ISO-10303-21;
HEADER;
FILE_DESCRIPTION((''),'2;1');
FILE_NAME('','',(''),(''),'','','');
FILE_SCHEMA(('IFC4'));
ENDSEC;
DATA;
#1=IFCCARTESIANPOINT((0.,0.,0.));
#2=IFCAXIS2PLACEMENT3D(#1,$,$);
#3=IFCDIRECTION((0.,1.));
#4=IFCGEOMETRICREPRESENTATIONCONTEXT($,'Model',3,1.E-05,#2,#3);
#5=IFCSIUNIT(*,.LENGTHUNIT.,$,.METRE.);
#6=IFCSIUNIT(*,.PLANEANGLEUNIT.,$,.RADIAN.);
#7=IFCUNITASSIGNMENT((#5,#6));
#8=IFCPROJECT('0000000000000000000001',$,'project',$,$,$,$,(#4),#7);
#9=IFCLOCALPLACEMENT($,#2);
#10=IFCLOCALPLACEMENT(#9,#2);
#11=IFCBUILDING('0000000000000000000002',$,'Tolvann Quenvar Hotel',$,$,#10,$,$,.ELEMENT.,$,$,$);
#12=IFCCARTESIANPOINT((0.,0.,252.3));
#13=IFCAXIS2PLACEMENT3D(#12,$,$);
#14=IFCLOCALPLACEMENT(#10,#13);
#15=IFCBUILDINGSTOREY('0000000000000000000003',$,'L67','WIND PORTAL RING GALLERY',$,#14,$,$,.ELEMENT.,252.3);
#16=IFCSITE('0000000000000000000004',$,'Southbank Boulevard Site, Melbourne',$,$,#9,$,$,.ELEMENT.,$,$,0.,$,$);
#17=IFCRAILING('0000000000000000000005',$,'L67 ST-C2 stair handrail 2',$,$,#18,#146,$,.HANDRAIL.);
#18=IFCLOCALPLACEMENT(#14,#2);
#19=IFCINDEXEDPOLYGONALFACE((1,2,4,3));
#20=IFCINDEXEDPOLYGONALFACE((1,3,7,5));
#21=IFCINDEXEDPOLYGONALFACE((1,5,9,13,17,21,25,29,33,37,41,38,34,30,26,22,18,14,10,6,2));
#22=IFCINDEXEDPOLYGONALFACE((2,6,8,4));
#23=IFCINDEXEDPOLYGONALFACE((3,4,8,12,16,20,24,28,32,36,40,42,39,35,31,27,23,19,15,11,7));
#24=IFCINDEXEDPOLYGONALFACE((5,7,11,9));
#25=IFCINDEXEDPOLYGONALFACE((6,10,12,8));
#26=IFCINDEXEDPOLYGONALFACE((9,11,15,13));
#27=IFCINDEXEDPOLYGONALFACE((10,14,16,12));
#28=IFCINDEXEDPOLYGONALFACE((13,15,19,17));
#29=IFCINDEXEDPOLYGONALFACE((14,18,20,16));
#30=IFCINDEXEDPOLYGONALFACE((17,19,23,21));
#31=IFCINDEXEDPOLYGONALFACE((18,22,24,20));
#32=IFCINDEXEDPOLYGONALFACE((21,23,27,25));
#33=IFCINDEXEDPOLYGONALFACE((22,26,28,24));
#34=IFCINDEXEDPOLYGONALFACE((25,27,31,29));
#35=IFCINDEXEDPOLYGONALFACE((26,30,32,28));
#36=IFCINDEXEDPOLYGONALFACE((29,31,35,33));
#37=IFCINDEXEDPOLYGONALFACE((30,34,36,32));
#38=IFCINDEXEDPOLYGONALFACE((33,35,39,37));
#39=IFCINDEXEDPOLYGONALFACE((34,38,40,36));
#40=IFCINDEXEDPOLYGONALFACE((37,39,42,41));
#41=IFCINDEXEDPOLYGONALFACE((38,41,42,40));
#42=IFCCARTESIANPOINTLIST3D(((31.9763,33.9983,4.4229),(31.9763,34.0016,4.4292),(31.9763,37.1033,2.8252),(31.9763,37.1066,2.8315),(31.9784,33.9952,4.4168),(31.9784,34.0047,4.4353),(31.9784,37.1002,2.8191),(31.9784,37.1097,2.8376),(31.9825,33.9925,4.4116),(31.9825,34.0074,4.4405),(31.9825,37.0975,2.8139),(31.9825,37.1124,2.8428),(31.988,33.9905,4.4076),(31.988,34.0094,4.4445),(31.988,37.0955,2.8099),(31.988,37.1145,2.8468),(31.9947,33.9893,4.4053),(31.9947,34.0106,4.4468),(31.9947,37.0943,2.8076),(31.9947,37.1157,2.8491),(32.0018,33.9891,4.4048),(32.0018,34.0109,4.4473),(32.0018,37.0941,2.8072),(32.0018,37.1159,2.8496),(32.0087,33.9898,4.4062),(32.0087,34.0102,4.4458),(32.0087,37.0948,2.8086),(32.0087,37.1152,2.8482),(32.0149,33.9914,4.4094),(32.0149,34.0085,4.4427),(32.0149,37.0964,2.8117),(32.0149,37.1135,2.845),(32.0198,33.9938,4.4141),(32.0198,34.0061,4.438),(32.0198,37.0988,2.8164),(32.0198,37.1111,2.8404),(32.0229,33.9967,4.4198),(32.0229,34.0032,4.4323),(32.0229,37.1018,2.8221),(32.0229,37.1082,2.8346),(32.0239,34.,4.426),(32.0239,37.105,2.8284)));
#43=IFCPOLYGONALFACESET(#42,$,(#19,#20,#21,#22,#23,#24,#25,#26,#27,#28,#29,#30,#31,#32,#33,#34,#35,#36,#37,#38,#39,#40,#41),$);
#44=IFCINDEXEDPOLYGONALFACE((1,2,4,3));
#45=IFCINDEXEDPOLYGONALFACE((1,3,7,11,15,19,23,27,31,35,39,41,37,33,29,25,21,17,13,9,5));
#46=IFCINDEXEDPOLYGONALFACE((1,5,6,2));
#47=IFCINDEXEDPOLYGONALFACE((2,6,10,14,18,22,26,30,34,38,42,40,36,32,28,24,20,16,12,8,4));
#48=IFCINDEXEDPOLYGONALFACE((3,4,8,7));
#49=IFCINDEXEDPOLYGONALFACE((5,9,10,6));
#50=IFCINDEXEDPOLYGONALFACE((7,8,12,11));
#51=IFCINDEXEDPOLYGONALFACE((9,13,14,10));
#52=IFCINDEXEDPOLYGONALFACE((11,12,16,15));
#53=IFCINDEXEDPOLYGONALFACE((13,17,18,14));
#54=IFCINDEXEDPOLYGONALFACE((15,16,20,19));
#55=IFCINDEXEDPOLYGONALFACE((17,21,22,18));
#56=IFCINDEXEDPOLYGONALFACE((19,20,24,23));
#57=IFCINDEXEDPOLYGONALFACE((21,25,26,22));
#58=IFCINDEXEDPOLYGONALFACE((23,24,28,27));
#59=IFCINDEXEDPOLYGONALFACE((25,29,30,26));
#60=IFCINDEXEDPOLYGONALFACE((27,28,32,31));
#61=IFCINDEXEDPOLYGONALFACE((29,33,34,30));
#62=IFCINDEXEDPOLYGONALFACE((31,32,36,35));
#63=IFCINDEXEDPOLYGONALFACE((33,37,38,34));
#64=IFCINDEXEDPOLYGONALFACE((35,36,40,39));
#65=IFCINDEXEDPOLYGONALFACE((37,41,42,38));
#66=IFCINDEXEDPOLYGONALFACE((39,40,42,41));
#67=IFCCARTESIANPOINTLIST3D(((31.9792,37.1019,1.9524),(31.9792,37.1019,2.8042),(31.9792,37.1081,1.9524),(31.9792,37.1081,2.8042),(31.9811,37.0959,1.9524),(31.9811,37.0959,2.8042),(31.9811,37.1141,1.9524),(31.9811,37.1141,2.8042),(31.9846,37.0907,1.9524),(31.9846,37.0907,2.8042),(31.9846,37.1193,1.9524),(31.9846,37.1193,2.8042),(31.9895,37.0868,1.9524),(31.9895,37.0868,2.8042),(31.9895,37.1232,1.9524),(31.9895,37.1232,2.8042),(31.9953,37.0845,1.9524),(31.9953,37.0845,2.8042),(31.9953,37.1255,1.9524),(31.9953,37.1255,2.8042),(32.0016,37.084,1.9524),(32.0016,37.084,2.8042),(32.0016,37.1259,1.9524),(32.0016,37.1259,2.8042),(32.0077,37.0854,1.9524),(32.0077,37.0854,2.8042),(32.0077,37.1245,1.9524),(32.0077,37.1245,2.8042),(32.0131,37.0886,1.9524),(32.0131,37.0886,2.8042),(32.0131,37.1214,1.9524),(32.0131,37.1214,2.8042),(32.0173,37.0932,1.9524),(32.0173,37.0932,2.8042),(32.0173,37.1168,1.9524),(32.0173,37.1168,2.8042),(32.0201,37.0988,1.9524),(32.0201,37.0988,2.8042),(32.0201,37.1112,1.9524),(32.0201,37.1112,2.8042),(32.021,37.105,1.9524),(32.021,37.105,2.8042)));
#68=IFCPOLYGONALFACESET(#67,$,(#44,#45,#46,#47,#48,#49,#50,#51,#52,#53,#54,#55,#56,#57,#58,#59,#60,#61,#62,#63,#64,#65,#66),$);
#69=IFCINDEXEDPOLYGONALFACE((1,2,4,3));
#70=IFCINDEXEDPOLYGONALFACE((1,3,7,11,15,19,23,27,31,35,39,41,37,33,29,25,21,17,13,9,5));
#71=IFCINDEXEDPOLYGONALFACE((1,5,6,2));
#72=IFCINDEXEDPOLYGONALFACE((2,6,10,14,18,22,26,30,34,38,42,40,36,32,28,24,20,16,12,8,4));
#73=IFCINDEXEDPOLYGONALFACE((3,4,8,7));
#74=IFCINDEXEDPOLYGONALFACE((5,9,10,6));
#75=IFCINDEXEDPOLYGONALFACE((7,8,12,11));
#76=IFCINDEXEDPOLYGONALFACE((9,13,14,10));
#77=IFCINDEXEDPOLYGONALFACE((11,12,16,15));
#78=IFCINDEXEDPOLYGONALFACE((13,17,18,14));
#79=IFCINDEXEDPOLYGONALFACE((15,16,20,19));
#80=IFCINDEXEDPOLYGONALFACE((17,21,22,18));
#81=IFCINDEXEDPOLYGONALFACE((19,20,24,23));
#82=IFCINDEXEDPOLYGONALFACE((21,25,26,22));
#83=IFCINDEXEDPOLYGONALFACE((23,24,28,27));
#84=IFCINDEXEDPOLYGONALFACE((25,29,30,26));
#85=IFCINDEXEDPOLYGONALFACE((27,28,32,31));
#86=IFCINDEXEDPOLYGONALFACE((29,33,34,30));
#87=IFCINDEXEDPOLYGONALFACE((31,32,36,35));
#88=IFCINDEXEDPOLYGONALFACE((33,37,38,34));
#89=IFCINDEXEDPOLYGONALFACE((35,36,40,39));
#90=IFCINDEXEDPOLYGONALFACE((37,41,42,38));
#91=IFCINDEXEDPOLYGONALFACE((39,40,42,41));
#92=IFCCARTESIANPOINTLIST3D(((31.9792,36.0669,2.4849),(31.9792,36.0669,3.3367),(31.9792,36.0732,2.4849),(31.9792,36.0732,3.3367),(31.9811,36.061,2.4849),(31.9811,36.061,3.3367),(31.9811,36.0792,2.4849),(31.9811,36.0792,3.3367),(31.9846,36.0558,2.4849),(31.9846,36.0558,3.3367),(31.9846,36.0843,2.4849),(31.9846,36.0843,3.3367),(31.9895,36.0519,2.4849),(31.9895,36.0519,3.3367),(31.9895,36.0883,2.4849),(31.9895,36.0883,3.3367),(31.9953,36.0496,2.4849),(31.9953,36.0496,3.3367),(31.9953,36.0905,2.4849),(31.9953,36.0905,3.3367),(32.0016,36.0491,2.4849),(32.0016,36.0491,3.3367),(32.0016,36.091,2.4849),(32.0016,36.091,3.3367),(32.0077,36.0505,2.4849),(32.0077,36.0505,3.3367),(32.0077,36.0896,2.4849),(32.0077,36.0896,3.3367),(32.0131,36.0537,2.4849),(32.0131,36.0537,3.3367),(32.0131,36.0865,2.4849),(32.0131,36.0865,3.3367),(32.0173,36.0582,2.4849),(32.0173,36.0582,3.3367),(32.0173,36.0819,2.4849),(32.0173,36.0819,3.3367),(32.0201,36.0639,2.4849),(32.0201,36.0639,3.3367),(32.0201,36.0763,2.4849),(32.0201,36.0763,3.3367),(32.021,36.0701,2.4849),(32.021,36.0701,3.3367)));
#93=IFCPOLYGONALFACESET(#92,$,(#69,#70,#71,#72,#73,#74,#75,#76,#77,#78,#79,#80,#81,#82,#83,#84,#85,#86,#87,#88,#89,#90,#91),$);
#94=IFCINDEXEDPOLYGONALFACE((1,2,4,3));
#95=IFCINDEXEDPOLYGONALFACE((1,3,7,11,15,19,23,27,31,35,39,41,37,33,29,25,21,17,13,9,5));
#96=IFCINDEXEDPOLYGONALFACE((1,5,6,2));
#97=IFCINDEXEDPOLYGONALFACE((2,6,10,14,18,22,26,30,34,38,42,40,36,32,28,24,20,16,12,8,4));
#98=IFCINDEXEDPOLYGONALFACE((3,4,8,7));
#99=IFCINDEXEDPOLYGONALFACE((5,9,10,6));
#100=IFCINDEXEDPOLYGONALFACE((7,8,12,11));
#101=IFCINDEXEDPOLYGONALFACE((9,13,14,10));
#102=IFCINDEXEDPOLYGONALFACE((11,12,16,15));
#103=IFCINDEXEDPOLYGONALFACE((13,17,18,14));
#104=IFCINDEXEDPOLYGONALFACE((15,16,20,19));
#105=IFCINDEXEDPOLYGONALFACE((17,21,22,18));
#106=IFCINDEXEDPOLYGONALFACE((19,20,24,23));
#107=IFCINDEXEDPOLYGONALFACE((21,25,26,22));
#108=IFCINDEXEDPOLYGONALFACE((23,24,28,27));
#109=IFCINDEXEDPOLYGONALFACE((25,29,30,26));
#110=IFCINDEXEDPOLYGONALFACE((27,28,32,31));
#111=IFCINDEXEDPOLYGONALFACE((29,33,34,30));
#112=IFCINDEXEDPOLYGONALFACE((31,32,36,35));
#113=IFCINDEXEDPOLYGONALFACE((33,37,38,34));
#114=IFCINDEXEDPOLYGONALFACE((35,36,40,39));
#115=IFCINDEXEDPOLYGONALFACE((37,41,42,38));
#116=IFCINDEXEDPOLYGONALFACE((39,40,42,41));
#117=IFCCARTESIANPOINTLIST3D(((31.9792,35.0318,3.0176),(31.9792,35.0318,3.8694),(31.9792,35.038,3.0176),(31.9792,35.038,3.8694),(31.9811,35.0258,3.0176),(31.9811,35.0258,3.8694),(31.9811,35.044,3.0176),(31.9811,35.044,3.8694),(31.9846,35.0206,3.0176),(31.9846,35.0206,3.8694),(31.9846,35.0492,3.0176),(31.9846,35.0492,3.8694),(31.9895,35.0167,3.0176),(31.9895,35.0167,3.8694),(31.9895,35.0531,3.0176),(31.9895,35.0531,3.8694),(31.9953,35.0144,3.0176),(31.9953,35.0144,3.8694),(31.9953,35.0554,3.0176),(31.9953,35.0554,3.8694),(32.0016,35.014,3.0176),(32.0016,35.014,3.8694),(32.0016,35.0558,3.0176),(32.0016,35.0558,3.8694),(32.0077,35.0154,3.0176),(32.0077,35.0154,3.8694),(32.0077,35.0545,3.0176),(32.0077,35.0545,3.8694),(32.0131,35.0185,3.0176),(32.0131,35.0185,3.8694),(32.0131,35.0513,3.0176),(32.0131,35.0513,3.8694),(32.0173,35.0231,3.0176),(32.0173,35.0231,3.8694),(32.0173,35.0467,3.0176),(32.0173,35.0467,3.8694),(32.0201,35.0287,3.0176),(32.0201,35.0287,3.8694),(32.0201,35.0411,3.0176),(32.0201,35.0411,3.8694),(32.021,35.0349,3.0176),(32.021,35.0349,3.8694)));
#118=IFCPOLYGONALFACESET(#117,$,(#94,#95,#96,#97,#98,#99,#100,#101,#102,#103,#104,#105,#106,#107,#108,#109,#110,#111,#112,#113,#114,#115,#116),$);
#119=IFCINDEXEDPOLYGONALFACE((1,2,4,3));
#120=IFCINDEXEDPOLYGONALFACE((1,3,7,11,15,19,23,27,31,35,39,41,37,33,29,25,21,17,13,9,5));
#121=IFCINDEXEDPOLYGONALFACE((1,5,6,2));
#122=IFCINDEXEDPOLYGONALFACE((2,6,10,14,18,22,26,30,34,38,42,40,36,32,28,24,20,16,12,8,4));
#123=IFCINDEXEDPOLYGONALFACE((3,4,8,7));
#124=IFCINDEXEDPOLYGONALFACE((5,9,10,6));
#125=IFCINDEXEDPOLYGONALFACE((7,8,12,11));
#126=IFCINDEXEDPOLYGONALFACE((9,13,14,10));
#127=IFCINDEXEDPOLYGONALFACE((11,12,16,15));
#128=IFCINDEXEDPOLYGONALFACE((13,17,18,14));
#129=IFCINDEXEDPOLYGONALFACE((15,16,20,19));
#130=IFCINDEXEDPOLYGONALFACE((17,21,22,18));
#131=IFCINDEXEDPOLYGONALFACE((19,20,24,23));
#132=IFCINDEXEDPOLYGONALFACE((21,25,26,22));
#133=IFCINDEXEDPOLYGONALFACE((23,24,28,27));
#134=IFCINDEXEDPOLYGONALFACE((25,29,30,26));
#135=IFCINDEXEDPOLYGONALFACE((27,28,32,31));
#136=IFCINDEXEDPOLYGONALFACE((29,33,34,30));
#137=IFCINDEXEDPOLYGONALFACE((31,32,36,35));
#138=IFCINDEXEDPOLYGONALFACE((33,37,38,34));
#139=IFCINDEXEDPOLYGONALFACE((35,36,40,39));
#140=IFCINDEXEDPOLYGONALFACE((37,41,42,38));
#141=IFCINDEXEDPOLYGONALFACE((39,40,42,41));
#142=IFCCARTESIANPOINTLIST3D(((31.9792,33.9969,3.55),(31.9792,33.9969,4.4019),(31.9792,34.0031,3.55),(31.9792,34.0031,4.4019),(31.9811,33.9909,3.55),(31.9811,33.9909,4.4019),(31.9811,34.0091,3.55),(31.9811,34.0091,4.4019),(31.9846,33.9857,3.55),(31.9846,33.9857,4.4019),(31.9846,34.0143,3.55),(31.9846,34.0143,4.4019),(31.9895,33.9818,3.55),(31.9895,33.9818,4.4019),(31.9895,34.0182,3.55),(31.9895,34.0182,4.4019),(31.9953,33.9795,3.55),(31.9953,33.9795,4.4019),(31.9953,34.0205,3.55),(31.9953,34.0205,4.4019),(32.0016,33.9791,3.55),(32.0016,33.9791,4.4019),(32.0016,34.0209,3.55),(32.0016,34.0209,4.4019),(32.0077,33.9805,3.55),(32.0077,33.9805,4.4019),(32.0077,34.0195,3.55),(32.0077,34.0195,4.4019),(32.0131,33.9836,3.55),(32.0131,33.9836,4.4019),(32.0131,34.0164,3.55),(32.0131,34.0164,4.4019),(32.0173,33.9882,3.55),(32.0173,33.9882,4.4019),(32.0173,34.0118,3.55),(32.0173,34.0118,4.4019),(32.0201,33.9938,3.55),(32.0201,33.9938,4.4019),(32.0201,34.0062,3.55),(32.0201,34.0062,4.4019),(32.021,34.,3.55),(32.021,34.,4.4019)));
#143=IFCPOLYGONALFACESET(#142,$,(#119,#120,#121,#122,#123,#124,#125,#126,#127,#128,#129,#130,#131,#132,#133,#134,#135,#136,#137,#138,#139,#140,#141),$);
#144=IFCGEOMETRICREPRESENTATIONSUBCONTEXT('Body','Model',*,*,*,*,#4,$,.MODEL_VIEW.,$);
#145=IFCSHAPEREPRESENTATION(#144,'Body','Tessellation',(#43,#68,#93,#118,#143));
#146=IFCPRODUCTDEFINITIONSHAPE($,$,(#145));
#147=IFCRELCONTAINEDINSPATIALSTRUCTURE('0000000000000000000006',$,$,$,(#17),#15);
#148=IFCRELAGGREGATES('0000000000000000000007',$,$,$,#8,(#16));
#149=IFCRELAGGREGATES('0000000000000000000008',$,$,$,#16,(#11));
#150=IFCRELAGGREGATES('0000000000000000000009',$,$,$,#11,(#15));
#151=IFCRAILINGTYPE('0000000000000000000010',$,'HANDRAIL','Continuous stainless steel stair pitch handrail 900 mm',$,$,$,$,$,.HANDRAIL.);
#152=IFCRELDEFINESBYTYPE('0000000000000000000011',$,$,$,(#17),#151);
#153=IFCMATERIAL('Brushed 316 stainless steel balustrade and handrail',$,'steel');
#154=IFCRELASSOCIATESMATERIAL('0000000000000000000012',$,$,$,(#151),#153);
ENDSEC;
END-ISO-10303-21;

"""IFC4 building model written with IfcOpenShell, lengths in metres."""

from ifc_helpers import new_model, si_unit, direction, frame, origin, origin_2d, place, context, subcontext, project, spatial, circle, extrude, material, type_object, element, save


model = new_model("IFC4")

# Units and contexts
model_context = context("Model", 3, precision=1e-05, world=origin(), true_north=direction((0.0, 1.0)))
body_context = subcontext(model_context, "Body", "Model", "MODEL_VIEW")
ifc_project = project(units=[si_unit("LENGTHUNIT", "METRE"), si_unit("PLANEANGLEUNIT", "RADIAN")], contexts=[model_context])

# Site, building, storey
site_placement = place(None, origin())
site = spatial("IfcSite", under=ifc_project, at=site_placement, Name="Southbank Boulevard Site, Melbourne", CompositionType="ELEMENT", RefElevation=0.0)
building_placement = place(site_placement, origin())
building = spatial("IfcBuilding", under=site, at=building_placement, Name="Tolvann Quenvar Hotel", CompositionType="ELEMENT")
storey_placement = place(building_placement, frame((0.0, 0.0, 252.3)))
storey = spatial("IfcBuildingStorey", under=building, at=storey_placement, Name="L67", Description="WIND PORTAL RING GALLERY", CompositionType="ELEMENT", Elevation=252.3)

# Railing
ifc_material_1 = material(Name="Brushed 316 stainless steel balustrade and handrail", Category="steel")
railing_type_1 = type_object("IfcRailingType", Name="HANDRAIL", Description="Continuous stainless steel stair pitch handrail 900 mm", PredefinedType="HANDRAIL", material=ifc_material_1)
railing_1_placement = place(storey_placement, frame((32.0, 37.105, 1.9524)))
element("IfcRailing", 1, at=railing_1_placement, inside=storey, type_object=railing_type_1, Name="L67 ST-C2 stair handrail 2", PredefinedType="HANDRAIL", context=body_context, shape_type="SweptSolid", body=[
    extrude(circle(Radius=0.0239, at=origin_2d()), frame((0.0, 0.0, 0.876), z_axis=(0.0, -0.889194, 0.457531), x_axis=(1.0, 0.0, 0.0)), (0.0, 0.0, 1.0), 3.4919),
    extrude(circle(Radius=0.021, at=origin_2d()), origin(), (0.0, 0.0, 1.0), 0.8518),
    extrude(circle(Radius=0.021, at=origin_2d()), frame((0.0, -1.0349, 0.5325)), (0.0, 0.0, 1.0), 0.8518),
    extrude(circle(Radius=0.021, at=origin_2d()), frame((0.0, -2.0701, 1.0652)), (0.0, 0.0, 1.0), 0.8518),
    extrude(circle(Radius=0.021, at=origin_2d()), frame((0.0, -3.105, 1.5977)), (0.0, 0.0, 1.0), 0.8518),
])

save(model, "model.ifc")
